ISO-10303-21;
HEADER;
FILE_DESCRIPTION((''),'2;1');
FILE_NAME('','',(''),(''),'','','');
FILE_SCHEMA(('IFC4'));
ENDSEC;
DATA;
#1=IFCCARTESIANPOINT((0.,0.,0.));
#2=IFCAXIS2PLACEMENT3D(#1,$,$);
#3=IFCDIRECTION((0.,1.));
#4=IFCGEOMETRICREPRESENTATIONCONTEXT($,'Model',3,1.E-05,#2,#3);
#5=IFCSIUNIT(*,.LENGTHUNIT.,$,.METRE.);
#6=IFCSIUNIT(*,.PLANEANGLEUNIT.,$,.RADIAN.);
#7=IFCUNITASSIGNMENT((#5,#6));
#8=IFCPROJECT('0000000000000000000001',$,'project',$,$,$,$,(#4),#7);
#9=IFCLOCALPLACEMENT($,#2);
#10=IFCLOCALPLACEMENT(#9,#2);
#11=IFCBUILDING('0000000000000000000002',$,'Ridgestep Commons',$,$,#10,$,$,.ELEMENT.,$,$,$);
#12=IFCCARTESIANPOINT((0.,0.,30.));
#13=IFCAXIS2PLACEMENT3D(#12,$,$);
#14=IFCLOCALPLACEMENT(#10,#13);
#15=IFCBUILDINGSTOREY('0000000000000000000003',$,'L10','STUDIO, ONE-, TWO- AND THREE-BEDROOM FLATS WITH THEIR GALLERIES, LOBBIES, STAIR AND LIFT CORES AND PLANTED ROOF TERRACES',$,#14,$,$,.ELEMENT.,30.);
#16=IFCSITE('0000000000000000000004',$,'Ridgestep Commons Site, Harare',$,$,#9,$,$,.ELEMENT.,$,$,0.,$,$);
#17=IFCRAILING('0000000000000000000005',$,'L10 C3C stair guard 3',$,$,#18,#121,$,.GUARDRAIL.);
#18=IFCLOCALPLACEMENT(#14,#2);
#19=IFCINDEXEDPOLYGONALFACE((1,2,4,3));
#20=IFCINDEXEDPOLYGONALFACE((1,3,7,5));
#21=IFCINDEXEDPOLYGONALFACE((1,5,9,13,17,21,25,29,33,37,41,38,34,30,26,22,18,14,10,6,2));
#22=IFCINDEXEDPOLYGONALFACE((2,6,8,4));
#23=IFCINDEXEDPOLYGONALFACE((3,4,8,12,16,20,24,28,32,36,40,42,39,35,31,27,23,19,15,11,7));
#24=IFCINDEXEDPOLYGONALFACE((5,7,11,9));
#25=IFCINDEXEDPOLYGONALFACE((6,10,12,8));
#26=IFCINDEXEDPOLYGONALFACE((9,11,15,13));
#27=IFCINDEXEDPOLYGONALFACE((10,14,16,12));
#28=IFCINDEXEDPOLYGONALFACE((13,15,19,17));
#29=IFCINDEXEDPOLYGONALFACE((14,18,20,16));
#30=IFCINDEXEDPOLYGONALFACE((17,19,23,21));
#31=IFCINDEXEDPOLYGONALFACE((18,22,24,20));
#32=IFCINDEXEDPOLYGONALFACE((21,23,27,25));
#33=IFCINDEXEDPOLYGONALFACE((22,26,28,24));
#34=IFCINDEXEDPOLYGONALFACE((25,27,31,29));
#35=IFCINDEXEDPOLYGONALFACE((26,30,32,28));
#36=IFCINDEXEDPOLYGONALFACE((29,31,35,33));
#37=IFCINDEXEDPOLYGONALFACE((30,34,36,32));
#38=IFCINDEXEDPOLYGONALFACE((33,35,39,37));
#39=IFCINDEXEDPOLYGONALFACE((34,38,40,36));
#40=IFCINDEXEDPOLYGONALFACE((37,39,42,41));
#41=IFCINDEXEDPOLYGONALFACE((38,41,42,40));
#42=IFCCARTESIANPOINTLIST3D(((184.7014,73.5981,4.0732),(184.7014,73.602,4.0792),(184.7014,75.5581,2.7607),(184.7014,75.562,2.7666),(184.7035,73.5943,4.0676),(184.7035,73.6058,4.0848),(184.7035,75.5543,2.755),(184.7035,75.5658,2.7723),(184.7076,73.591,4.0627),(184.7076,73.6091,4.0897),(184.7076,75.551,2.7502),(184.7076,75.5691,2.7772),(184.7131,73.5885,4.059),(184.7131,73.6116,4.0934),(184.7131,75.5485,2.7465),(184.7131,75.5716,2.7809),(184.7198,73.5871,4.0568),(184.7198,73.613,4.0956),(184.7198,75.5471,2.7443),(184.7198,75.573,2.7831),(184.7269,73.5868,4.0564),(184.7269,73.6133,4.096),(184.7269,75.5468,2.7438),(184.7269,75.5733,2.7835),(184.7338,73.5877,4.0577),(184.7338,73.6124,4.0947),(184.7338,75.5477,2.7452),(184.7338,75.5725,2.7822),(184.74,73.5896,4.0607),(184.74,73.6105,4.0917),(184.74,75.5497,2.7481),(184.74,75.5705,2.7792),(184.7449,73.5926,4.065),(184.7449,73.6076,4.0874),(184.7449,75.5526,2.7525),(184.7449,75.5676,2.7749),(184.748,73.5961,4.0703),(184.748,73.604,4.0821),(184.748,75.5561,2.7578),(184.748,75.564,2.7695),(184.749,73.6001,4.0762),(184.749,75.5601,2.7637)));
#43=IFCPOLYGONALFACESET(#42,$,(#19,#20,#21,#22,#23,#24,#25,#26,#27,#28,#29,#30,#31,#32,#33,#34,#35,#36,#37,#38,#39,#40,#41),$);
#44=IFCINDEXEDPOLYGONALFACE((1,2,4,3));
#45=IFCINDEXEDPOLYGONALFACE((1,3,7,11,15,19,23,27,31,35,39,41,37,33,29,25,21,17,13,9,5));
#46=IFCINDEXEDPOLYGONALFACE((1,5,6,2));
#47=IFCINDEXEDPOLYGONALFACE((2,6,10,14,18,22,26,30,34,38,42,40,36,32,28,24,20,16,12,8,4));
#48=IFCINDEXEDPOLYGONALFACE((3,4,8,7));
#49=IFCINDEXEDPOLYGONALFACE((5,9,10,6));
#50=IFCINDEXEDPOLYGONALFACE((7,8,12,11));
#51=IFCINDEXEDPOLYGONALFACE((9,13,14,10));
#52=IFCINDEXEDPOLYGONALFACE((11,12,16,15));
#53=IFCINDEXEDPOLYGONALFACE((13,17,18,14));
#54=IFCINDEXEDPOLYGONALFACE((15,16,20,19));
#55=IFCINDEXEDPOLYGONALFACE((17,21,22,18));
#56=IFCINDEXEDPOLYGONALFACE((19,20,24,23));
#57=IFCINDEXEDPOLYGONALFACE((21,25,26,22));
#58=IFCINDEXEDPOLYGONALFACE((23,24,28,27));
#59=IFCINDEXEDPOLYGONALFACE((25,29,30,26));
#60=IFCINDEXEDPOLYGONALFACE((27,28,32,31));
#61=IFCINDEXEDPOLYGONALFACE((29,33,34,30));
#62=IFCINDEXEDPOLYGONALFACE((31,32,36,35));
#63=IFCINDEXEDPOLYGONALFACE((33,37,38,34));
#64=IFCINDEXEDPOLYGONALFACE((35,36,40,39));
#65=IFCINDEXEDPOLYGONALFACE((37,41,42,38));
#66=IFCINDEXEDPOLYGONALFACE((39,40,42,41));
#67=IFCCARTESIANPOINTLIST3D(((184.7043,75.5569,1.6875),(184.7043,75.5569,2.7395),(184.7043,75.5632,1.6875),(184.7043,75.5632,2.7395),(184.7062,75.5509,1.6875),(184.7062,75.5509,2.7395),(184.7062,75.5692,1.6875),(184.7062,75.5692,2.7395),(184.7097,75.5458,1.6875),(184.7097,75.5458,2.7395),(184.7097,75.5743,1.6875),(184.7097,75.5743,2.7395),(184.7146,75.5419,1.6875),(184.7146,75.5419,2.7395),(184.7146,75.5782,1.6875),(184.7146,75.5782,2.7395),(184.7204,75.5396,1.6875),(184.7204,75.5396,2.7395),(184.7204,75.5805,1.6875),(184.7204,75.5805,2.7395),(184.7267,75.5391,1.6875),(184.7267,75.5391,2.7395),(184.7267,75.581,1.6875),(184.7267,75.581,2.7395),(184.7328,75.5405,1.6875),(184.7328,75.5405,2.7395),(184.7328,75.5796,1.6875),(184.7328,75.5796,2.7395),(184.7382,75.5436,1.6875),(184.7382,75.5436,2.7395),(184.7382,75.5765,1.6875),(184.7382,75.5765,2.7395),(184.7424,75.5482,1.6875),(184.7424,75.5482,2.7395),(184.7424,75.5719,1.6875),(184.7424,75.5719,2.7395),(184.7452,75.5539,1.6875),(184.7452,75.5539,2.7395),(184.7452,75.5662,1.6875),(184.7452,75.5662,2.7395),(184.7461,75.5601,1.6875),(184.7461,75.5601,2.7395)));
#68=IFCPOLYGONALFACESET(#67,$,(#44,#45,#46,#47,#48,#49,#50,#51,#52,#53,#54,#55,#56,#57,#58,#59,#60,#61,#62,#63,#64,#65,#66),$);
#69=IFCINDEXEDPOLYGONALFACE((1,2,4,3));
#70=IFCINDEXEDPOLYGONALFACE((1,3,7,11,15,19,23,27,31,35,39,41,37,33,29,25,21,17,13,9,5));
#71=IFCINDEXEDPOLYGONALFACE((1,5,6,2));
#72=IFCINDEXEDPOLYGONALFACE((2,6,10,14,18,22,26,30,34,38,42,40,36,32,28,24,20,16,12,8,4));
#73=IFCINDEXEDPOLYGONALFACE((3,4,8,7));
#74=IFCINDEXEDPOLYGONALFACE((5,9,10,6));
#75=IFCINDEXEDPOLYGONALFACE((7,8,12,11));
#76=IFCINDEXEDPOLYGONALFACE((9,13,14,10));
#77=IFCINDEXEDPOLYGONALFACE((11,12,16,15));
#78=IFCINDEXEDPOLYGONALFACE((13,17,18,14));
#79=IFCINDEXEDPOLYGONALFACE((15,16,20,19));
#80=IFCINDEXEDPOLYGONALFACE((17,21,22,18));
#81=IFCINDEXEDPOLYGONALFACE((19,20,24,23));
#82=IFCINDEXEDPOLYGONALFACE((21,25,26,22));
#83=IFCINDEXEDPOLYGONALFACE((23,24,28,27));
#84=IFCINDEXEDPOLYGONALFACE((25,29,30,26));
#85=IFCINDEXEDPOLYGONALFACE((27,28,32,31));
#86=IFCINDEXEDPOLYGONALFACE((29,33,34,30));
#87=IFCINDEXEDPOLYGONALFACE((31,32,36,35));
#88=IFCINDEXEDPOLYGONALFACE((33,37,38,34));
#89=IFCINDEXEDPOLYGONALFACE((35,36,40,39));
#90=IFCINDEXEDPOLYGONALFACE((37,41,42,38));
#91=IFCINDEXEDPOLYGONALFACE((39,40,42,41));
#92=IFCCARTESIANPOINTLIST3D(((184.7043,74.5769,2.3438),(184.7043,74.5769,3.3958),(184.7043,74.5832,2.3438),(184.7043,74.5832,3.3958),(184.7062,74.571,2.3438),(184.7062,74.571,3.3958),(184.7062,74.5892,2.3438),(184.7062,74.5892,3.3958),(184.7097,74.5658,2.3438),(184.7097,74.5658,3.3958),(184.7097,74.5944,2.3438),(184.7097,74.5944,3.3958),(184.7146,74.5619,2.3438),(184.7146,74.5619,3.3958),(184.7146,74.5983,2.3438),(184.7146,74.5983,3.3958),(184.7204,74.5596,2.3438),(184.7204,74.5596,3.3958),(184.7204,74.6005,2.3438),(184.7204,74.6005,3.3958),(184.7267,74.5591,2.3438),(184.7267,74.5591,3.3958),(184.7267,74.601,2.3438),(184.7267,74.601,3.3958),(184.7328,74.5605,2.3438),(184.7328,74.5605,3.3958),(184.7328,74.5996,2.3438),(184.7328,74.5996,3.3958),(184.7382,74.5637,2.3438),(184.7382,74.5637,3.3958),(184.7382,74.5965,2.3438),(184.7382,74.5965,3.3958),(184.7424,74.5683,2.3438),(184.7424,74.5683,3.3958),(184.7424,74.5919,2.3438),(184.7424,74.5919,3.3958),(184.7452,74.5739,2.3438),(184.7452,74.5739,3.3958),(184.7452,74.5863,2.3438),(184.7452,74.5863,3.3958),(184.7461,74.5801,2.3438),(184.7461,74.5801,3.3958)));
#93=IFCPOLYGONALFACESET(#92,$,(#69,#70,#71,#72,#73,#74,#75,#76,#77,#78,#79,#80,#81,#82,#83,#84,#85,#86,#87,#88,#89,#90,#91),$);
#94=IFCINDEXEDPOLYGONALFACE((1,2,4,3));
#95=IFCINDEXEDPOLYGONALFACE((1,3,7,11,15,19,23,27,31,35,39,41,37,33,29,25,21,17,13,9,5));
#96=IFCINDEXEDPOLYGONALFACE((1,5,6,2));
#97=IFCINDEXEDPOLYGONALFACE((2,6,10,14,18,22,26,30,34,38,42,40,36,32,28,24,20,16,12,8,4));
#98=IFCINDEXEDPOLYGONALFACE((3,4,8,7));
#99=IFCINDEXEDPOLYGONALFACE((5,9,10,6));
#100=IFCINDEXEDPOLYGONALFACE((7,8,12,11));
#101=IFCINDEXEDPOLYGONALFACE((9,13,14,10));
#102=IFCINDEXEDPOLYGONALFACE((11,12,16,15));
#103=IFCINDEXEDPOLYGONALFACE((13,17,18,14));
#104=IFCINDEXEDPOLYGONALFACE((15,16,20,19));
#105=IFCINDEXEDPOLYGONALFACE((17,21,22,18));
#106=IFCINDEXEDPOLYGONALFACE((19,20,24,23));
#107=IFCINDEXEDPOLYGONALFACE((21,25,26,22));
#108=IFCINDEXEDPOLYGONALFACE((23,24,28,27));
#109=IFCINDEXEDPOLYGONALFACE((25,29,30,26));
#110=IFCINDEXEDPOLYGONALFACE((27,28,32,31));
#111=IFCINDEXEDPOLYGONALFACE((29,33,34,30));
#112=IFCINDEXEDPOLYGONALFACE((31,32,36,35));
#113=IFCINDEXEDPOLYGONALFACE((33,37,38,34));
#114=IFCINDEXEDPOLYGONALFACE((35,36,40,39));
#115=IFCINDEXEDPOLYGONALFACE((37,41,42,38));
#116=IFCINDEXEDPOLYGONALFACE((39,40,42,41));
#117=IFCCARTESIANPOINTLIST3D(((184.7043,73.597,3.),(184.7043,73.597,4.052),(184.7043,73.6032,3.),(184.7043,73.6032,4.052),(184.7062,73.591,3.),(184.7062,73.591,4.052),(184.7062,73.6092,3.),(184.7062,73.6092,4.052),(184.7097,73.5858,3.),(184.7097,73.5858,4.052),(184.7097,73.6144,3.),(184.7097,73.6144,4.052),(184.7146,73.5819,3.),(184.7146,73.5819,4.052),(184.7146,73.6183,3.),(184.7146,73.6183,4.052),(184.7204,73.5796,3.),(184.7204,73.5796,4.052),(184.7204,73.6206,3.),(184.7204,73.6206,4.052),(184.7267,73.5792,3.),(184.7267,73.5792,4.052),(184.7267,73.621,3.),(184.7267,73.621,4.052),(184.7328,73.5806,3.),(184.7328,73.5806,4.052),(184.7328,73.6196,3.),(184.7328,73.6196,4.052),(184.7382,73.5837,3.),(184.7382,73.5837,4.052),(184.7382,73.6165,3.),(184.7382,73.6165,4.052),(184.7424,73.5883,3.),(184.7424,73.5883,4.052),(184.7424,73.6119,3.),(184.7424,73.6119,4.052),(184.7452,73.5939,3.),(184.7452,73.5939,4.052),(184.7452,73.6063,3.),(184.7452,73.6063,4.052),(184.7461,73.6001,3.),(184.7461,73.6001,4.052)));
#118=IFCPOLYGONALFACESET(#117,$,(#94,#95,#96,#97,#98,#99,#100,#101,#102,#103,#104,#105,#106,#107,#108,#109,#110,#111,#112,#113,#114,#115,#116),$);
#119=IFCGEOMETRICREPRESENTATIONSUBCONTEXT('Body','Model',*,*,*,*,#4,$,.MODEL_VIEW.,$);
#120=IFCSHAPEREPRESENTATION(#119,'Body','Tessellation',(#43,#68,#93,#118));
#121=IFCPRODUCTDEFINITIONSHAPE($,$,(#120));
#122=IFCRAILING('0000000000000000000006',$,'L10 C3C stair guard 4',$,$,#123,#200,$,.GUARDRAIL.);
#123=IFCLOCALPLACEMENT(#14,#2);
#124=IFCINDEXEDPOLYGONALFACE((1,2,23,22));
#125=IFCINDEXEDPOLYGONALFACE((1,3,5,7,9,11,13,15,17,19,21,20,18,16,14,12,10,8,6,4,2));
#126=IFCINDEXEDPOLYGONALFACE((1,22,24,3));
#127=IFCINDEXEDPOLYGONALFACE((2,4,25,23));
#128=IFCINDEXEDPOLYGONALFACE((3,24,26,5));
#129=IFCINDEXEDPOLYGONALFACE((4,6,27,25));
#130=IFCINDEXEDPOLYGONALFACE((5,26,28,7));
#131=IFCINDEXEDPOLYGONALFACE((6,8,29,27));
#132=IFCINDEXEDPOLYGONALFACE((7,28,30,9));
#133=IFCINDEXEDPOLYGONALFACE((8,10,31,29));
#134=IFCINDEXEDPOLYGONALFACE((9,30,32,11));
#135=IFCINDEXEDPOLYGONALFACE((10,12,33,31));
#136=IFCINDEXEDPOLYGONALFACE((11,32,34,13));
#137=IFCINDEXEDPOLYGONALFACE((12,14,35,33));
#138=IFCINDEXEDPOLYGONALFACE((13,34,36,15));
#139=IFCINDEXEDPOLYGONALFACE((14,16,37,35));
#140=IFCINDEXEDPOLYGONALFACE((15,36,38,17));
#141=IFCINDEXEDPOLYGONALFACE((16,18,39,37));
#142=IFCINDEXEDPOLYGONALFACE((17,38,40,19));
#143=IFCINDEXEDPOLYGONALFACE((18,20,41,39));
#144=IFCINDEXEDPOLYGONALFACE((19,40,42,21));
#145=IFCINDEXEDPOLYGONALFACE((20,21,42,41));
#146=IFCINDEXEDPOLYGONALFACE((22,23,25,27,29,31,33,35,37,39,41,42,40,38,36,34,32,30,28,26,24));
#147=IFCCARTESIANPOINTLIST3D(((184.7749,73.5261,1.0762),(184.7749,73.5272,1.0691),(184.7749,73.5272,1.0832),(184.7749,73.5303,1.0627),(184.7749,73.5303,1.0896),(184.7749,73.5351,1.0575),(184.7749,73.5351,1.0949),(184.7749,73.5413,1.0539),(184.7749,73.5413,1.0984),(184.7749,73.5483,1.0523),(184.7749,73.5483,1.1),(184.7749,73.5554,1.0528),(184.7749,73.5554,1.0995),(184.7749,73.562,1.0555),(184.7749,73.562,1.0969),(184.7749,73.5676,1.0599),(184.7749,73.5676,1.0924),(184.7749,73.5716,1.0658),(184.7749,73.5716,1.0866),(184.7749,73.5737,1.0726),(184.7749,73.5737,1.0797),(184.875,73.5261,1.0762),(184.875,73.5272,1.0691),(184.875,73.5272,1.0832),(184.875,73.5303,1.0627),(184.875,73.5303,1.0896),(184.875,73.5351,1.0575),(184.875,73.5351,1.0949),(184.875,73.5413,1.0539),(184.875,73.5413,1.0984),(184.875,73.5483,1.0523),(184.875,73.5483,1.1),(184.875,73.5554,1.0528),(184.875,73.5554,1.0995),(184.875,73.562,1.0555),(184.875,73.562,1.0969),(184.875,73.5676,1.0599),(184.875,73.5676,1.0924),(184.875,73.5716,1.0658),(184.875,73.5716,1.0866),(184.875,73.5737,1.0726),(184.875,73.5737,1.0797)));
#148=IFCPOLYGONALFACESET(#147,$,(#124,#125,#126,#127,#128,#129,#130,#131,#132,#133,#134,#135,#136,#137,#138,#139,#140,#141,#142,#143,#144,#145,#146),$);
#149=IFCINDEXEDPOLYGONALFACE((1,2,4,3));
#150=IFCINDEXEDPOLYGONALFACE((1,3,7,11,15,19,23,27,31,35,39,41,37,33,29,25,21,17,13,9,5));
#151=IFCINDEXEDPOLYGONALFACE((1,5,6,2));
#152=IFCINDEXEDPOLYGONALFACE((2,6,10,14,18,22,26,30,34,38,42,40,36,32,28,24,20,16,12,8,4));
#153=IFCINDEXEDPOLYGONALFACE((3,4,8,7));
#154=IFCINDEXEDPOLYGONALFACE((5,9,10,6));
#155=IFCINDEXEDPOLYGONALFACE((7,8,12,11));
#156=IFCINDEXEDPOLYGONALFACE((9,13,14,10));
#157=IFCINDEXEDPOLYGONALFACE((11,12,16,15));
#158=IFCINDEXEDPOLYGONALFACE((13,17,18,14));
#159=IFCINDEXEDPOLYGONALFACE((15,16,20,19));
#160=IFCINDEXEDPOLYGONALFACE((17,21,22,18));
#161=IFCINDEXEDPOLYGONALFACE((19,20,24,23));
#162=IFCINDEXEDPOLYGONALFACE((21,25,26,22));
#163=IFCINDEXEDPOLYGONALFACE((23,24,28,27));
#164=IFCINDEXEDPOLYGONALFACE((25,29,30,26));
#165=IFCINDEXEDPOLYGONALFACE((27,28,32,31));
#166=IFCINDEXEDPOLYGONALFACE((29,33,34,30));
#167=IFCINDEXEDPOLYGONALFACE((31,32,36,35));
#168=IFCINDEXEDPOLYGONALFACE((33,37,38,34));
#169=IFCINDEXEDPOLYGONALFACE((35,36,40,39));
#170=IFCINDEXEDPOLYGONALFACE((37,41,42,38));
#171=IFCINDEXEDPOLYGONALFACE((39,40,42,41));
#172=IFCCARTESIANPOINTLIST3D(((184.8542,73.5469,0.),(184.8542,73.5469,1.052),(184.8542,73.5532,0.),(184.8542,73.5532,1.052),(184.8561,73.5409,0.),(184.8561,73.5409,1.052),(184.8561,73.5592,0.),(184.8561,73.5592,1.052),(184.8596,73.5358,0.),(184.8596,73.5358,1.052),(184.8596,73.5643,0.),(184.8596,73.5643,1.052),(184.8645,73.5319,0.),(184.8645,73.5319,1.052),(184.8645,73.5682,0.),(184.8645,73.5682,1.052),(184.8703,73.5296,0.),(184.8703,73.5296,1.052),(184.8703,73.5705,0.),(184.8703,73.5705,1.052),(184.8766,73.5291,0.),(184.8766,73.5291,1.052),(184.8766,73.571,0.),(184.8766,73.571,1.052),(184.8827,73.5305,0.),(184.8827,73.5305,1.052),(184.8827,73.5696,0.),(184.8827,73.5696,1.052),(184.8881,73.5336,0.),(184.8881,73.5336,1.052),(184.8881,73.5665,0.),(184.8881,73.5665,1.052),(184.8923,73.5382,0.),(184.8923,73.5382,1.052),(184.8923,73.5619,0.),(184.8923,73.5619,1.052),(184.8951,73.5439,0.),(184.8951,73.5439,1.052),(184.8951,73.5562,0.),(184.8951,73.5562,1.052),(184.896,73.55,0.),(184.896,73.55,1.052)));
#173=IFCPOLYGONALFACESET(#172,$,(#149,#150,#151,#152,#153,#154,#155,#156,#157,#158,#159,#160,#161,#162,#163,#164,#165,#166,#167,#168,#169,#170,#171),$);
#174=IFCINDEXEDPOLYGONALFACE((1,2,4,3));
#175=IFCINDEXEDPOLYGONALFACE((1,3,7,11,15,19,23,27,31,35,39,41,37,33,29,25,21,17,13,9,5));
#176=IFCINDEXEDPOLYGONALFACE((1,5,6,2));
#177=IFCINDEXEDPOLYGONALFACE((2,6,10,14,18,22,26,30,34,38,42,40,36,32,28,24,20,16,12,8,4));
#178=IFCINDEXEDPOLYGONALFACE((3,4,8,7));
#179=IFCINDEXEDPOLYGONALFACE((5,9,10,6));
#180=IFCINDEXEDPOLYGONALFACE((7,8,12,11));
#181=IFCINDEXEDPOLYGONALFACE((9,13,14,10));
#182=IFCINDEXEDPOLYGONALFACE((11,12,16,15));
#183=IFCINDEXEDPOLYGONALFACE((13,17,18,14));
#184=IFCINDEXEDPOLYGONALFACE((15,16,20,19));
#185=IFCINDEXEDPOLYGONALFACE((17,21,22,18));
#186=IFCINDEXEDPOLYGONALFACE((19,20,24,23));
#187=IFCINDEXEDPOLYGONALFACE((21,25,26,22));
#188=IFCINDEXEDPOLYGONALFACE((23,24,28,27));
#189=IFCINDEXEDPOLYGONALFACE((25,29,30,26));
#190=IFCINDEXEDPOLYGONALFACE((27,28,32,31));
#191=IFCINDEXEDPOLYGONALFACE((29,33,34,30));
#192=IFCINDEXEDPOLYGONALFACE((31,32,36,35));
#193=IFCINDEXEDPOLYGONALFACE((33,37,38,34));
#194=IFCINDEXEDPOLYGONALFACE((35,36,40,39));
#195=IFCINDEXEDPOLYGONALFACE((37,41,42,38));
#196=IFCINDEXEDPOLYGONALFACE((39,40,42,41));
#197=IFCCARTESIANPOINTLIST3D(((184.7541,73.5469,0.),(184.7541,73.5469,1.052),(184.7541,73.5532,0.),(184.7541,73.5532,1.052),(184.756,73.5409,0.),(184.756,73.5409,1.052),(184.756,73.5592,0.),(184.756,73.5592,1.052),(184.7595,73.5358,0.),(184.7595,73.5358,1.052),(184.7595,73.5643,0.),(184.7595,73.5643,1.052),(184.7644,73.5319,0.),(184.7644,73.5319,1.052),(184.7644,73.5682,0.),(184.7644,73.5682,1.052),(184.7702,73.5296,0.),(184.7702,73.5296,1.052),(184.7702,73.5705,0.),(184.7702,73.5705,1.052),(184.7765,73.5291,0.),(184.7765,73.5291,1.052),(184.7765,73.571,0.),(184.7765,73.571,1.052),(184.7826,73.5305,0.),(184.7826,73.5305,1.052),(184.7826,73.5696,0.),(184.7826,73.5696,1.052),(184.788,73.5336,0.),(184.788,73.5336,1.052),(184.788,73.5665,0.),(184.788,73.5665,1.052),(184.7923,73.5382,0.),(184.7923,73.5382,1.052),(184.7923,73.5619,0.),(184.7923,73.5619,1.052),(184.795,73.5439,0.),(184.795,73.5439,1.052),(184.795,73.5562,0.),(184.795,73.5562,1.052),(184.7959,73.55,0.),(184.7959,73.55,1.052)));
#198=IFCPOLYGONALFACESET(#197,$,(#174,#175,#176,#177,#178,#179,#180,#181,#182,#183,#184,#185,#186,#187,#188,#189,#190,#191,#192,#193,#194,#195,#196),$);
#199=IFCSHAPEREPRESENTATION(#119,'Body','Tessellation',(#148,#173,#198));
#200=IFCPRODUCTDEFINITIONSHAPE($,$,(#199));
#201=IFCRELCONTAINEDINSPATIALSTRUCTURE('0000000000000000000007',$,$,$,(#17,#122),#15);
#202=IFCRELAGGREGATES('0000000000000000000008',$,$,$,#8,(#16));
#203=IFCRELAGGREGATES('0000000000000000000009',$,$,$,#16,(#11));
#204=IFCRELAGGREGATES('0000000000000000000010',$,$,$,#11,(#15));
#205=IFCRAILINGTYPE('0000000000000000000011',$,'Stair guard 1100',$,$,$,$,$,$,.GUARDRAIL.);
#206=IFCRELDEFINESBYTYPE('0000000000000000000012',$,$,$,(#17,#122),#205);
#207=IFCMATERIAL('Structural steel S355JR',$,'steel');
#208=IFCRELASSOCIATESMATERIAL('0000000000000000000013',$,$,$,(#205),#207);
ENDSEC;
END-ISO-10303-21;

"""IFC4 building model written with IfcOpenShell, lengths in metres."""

from ifc_helpers import new_model, si_unit, direction, frame, origin, origin_2d, place, context, subcontext, project, spatial, circle, extrude, material, type_object, element, save


model = new_model("IFC4")

# Units and contexts
model_context = context("Model", 3, precision=1e-05, world=origin(), true_north=direction((0.0, 1.0)))
body_context = subcontext(model_context, "Body", "Model", "MODEL_VIEW")
ifc_project = project(units=[si_unit("LENGTHUNIT", "METRE"), si_unit("PLANEANGLEUNIT", "RADIAN")], contexts=[model_context])

# Site, building, storey
site_placement = place(None, origin())
site = spatial("IfcSite", under=ifc_project, at=site_placement, Name="Ridgestep Commons Site, Harare", CompositionType="ELEMENT", RefElevation=0.0)
building_placement = place(site_placement, origin())
building = spatial("IfcBuilding", under=site, at=building_placement, Name="Ridgestep Commons", CompositionType="ELEMENT")
storey_placement = place(building_placement, frame((0.0, 0.0, 30.0)))
storey = spatial("IfcBuildingStorey", under=building, at=storey_placement, Name="L10", Description="STUDIO, ONE-, TWO- AND THREE-BEDROOM FLATS WITH THEIR GALLERIES, LOBBIES, STAIR AND LIFT CORES AND PLANTED ROOF TERRACES", CompositionType="ELEMENT", Elevation=30.0)

# Railings
ifc_material_1 = material(Name="Structural steel S355JR", Category="steel")
railing_type_1 = type_object("IfcRailingType", Name="Stair guard 1100", PredefinedType="GUARDRAIL", material=ifc_material_1)
railing_1_placement = place(storey_placement, frame((184.7251, 75.5601, 1.6875)))
element("IfcRailing", 1, at=railing_1_placement, inside=storey, type_object=railing_type_1, Name="L10 C3C stair guard 3", PredefinedType="GUARDRAIL", context=body_context, shape_type="SweptSolid", body=[
    extrude(circle(Radius=0.0239, at=origin_2d()), frame((0.0, 0.0, 1.0762), z_axis=(0.0, -0.830902, 0.556419), x_axis=(1.0, 0.0, 0.0)), (0.0, 0.0, 1.0), 2.3589),
    extrude(circle(Radius=0.021, at=origin_2d()), origin(), (0.0, 0.0, 1.0), 1.052),
    extrude(circle(Radius=0.021, at=origin_2d()), frame((0.0, -0.98, 0.6562)), (0.0, 0.0, 1.0), 1.052),
    extrude(circle(Radius=0.021, at=origin_2d()), frame((0.0, -1.96, 1.3125)), (0.0, 0.0, 1.0), 1.052),
])
railing_2_placement = place(storey_placement, frame((184.875, 73.55, 0.0)))
element("IfcRailing", 2, at=railing_2_placement, inside=storey, type_object=railing_type_1, Name="L10 C3C stair guard 4", PredefinedType="GUARDRAIL", context=body_context, shape_type="SweptSolid", body=[
    extrude(circle(Radius=0.0239, at=origin_2d()), frame((0.0, 0.0, 1.0762), z_axis=(-1.0, 0.0, 0.0), x_axis=(0.0, -1.0, 0.0)), (0.0, 0.0, 1.0), 0.1001),
    extrude(circle(Radius=0.021, at=origin_2d()), origin(), (0.0, 0.0, 1.0), 1.052),
    extrude(circle(Radius=0.021, at=origin_2d()), frame((-0.1001, 0.0, 0.0)), (0.0, 0.0, 1.0), 1.052),
])

save(model, "model.ifc")
